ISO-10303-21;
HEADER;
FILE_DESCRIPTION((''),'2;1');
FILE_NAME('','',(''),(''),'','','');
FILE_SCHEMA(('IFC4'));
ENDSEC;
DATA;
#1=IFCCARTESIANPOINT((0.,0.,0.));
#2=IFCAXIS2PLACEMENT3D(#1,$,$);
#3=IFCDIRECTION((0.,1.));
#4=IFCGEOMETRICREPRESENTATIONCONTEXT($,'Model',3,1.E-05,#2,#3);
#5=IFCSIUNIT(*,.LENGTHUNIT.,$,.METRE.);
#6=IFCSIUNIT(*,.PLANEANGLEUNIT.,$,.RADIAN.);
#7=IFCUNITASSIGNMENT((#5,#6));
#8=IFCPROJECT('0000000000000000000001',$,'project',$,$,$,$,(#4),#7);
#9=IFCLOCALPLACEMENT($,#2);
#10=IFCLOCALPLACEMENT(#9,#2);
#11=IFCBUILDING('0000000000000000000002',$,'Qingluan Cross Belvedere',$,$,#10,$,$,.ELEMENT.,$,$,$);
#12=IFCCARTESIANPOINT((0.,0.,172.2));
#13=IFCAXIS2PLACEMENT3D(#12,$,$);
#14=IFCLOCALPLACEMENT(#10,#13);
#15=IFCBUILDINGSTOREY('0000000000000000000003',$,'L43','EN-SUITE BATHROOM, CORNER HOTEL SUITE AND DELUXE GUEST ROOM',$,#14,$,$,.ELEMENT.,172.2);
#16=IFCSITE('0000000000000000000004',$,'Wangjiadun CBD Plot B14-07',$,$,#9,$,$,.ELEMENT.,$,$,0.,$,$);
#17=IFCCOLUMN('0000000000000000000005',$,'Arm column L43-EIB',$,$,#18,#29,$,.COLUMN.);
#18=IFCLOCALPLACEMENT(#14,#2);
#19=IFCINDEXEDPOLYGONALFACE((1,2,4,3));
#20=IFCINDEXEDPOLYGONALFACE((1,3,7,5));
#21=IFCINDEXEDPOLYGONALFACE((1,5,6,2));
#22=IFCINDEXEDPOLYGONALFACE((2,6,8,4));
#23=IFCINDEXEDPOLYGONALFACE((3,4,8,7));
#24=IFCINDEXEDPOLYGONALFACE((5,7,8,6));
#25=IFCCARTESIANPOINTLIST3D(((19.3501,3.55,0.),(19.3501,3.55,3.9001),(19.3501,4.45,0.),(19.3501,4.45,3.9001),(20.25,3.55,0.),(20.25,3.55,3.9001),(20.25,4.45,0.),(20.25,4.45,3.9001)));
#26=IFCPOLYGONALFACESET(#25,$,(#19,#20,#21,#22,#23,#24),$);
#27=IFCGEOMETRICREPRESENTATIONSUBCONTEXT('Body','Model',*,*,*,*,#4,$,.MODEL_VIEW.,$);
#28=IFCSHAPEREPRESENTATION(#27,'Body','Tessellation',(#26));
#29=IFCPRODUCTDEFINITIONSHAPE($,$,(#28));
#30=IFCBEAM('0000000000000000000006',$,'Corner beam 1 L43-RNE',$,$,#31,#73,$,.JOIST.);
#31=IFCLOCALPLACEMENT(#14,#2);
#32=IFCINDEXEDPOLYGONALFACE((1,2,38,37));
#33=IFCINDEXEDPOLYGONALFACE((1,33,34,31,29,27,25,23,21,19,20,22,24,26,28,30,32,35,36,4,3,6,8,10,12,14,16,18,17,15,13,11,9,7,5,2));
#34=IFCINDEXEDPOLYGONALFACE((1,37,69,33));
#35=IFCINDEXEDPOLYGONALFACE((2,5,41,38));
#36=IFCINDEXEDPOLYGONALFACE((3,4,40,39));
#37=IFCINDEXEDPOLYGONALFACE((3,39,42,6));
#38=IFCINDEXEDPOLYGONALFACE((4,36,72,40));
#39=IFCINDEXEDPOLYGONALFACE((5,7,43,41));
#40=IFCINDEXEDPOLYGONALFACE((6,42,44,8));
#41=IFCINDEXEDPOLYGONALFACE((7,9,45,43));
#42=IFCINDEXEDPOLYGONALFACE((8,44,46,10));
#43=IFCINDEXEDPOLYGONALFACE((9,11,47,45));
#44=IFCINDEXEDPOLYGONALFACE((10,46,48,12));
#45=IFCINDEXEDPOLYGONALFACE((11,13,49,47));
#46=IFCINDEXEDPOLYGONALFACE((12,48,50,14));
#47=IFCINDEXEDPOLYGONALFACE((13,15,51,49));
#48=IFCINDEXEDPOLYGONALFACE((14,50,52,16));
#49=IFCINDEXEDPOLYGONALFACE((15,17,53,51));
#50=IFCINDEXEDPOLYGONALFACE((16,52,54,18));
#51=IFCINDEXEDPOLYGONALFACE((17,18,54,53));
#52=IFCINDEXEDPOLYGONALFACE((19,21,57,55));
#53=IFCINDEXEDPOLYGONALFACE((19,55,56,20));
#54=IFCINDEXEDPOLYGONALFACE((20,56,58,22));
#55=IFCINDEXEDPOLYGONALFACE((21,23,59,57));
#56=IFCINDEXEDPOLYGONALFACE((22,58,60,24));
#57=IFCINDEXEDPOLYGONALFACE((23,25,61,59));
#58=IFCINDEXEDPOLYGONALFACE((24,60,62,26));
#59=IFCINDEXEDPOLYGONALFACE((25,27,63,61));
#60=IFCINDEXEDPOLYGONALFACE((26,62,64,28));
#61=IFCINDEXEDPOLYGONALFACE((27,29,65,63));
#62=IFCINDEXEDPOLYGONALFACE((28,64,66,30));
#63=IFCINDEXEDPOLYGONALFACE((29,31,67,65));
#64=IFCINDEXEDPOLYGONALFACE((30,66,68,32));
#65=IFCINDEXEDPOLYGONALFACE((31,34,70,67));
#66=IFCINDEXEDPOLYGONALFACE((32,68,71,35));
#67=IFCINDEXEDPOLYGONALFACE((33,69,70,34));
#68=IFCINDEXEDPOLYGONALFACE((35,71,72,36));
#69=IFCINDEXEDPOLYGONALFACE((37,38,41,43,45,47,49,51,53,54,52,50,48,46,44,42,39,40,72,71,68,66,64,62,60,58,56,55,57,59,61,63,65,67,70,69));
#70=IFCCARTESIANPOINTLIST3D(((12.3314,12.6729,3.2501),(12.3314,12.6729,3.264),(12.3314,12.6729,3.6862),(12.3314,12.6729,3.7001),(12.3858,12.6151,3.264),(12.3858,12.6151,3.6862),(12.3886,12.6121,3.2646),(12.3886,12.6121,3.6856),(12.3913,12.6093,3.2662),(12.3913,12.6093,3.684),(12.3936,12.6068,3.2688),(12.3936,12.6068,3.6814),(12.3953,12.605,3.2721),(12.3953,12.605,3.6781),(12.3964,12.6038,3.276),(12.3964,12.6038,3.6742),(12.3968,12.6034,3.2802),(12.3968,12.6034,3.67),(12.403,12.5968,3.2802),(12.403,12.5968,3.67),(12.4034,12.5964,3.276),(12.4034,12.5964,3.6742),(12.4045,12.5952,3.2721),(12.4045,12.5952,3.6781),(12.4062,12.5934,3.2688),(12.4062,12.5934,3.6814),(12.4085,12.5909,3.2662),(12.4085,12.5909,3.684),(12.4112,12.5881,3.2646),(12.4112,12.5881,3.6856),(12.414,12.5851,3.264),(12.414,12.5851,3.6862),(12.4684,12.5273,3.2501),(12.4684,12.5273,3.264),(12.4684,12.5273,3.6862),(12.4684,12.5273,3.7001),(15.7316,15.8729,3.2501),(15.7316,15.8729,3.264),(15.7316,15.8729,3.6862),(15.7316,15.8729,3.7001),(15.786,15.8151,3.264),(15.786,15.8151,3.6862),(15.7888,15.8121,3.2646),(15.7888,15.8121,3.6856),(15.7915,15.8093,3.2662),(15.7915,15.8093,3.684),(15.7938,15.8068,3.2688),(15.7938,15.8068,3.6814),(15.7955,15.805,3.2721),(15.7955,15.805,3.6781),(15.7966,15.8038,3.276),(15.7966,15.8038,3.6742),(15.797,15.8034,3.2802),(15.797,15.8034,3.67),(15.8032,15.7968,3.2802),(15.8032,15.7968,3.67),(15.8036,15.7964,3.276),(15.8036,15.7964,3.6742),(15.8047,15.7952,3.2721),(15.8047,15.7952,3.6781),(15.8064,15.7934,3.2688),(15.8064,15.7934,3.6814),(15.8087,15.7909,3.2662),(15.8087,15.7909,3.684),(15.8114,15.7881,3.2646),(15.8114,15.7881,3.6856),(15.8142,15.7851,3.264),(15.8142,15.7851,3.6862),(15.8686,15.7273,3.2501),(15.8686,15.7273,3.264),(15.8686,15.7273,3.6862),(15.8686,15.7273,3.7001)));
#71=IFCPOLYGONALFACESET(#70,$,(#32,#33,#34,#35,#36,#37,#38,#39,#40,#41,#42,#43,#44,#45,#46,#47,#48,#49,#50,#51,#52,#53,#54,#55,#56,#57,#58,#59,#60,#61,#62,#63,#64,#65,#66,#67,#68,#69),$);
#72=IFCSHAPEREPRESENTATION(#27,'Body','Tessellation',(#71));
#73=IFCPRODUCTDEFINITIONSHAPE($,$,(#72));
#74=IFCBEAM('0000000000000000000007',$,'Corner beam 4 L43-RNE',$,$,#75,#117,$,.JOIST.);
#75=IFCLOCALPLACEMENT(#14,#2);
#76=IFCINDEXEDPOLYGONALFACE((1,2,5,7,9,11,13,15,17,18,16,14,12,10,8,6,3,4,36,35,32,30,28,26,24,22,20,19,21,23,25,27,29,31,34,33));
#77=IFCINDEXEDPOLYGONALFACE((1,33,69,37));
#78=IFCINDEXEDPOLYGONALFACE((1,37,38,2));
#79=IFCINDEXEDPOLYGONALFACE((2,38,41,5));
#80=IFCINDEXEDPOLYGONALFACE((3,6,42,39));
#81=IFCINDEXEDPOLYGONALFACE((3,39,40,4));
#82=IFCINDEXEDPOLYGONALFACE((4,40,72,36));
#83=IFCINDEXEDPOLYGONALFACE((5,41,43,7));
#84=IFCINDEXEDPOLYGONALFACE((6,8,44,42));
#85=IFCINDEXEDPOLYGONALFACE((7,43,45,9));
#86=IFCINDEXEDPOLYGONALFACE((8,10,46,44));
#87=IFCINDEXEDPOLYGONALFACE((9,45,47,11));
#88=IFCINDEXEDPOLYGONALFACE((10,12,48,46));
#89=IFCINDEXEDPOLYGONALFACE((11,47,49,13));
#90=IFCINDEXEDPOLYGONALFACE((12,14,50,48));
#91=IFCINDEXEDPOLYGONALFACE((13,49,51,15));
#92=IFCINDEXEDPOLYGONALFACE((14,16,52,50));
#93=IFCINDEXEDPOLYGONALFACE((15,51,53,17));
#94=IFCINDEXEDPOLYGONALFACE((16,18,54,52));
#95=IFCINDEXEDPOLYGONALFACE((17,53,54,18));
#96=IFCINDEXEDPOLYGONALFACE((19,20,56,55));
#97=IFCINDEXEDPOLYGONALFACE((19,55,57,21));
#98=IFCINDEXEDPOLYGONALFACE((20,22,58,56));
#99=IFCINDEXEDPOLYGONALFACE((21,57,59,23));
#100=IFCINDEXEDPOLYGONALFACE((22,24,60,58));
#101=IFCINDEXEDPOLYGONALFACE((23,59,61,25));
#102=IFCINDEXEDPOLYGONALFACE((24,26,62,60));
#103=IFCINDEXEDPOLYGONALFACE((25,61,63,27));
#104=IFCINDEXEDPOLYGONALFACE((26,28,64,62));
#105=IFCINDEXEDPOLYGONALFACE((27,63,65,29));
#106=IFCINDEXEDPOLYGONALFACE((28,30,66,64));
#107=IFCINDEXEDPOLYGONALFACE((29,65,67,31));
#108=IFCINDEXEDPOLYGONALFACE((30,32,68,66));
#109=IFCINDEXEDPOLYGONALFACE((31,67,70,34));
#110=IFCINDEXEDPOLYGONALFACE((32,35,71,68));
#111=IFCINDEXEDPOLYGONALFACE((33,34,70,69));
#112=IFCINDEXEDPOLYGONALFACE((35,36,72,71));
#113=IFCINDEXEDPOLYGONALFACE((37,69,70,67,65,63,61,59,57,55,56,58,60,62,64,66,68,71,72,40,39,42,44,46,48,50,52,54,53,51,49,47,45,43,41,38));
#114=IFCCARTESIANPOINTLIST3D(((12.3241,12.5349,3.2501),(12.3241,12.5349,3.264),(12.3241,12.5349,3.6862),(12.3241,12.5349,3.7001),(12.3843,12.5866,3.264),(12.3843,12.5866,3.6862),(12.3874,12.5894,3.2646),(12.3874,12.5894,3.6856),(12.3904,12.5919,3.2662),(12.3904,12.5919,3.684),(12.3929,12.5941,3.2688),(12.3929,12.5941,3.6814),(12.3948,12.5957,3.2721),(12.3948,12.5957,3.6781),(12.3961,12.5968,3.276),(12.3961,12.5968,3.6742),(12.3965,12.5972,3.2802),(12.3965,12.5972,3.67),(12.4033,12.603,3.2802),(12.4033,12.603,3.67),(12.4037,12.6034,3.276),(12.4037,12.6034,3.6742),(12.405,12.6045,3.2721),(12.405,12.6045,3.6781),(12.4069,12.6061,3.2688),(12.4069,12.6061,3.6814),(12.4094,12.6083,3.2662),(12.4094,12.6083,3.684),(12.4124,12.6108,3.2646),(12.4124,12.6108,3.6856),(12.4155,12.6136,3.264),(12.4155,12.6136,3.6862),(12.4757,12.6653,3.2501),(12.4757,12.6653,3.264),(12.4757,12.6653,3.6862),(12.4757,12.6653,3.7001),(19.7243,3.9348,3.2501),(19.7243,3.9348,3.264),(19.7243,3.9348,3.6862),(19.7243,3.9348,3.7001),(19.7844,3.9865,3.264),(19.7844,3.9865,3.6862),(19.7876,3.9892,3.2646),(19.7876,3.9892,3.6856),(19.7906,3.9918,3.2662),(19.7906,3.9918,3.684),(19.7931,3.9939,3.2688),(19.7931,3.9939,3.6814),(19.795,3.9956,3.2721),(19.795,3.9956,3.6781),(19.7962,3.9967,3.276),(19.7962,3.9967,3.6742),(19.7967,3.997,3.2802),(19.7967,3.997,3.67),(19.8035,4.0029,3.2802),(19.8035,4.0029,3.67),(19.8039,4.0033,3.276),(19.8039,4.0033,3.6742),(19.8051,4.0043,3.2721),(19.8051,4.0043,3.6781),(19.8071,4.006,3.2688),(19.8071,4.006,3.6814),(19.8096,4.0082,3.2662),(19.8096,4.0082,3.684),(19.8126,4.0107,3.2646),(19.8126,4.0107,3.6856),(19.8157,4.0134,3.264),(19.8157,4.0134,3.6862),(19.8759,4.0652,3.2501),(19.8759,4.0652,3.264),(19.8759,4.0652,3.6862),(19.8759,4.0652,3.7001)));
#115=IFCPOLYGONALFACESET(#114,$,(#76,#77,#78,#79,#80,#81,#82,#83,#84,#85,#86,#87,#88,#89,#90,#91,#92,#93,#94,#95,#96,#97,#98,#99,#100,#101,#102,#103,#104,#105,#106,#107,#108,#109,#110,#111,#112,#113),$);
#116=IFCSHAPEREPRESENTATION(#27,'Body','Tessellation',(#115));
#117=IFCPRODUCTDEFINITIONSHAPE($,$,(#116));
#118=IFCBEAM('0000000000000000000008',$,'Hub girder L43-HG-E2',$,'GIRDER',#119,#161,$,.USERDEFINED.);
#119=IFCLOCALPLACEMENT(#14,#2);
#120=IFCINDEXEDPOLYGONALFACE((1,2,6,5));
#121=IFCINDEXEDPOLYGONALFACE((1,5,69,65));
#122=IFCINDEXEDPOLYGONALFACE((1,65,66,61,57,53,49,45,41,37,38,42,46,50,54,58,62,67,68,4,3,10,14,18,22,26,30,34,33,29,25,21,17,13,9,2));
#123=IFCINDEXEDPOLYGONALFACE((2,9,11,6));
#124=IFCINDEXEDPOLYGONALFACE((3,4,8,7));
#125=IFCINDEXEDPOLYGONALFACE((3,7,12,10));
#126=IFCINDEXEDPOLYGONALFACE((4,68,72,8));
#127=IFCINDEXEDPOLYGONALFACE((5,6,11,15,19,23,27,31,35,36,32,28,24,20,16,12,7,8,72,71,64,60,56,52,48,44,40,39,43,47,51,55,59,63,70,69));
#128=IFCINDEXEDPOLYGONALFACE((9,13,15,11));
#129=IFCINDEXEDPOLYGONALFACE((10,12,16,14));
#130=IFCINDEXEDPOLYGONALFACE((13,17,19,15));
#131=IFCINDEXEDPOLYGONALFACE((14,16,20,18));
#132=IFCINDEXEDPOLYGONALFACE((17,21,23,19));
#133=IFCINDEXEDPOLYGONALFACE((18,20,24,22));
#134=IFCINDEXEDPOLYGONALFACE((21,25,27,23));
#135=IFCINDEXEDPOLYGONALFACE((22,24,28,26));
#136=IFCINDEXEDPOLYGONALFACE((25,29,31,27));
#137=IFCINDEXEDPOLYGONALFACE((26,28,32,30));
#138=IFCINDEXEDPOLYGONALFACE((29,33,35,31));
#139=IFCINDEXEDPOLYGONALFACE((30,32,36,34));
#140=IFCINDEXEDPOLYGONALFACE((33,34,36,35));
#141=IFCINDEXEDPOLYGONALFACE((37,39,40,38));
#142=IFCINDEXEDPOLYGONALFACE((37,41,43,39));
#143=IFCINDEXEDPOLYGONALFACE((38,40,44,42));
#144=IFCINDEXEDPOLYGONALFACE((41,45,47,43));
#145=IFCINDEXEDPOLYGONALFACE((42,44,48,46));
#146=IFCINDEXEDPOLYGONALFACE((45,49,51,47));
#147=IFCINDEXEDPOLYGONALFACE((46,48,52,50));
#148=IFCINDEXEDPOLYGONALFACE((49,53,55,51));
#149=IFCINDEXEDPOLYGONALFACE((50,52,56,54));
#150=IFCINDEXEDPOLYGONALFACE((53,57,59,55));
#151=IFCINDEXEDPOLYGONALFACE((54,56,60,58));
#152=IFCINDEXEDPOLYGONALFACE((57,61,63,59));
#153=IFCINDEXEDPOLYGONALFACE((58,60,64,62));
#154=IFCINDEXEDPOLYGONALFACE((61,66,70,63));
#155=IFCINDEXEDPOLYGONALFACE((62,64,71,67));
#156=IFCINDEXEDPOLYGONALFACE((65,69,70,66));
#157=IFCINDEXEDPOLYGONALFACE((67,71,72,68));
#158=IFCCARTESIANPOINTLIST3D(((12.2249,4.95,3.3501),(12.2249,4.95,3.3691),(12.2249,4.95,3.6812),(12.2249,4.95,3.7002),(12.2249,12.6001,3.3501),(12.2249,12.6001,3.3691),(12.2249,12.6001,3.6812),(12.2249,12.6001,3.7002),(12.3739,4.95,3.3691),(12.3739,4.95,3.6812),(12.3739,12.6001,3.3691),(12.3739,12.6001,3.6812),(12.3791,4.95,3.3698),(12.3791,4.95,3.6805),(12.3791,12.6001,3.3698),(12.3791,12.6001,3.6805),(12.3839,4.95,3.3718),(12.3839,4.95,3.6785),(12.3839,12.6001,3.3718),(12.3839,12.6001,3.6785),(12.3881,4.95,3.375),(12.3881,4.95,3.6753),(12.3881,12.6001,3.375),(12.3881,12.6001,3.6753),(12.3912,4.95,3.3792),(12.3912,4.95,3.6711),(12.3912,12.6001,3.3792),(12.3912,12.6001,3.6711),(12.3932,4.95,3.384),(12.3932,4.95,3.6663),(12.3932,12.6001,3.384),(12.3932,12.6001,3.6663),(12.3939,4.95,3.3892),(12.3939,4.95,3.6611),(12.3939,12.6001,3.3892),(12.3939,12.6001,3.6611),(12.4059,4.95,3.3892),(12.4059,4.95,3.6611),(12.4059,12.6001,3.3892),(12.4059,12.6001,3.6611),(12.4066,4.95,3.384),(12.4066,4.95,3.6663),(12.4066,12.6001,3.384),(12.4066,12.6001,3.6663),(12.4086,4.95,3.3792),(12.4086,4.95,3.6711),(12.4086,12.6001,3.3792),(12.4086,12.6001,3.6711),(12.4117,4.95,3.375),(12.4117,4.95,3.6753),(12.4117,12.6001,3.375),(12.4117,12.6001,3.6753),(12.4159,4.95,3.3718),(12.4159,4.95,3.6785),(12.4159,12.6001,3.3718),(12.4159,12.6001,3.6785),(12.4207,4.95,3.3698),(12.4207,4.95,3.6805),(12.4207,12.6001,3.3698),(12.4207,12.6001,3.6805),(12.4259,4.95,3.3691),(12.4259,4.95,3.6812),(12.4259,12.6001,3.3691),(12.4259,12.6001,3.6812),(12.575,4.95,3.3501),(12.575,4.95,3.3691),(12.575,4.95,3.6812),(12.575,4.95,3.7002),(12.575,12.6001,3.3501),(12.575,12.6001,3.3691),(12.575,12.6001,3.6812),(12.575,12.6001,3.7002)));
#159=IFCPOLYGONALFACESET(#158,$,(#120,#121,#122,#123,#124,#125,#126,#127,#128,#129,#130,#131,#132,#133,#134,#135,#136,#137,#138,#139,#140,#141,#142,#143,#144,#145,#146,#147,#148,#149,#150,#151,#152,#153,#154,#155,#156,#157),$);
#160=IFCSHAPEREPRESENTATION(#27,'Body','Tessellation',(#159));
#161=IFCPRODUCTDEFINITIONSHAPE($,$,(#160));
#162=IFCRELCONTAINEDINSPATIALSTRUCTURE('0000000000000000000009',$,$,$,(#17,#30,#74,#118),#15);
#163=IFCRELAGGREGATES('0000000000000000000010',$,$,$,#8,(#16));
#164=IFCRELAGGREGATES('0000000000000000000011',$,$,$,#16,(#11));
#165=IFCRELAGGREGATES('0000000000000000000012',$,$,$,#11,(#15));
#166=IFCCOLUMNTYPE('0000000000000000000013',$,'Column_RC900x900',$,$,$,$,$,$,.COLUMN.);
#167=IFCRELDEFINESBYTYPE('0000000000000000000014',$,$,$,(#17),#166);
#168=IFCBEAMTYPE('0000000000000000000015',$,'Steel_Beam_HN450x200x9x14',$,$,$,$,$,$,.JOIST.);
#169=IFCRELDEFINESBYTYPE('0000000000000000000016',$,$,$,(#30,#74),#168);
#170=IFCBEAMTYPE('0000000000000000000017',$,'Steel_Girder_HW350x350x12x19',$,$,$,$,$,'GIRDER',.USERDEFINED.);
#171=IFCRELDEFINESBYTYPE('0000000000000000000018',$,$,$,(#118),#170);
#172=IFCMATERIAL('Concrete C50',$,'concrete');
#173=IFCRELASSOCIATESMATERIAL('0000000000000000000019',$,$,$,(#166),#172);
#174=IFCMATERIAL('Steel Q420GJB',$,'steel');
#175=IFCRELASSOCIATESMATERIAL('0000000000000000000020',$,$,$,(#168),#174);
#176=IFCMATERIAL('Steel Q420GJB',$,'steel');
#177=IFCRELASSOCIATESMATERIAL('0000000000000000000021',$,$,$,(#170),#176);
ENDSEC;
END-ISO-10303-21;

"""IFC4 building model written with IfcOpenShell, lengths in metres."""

from ifc_helpers import new_model, si_unit, direction, frame, origin, origin_2d, place, context, subcontext, project, spatial, rectangle, i_section, extrude, material, material_profile, profile_set, type_object, element, save


model = new_model("IFC4")

# Units and contexts
model_context = context("Model", 3, precision=1e-05, world=origin(), true_north=direction((0.0, 1.0)))
body_context = subcontext(model_context, "Body", "Model", "MODEL_VIEW")
ifc_project = project(units=[si_unit("LENGTHUNIT", "METRE"), si_unit("PLANEANGLEUNIT", "RADIAN")], contexts=[model_context])

# Site, building, storey
site_placement = place(None, origin())
site = spatial("IfcSite", under=ifc_project, at=site_placement, Name="Wangjiadun CBD Plot B14-07", CompositionType="ELEMENT", RefElevation=0.0)
building_placement = place(site_placement, origin())
building = spatial("IfcBuilding", under=site, at=building_placement, Name="Qingluan Cross Belvedere", CompositionType="ELEMENT")
storey_placement = place(building_placement, frame((0.0, 0.0, 172.2)))
storey = spatial("IfcBuildingStorey", under=building, at=storey_placement, Name="L43", Description="EN-SUITE BATHROOM, CORNER HOTEL SUITE AND DELUXE GUEST ROOM", CompositionType="ELEMENT", Elevation=172.2)

# Column
ifc_material_1 = material(Name="Concrete C50", Category="concrete")
ifc_material_profile_1 = material_profile(ifc_material_1, rectangle(XDim=0.8999, YDim=0.8999, at=origin_2d()), Name="RC900x900")
ifc_profile_set_1 = profile_set([ifc_material_profile_1], Name="Concrete C50")
column_type = type_object("IfcColumnType", Name="Column_RC900x900", PredefinedType="COLUMN", material=ifc_profile_set_1)
column_placement = place(storey_placement, frame((19.8, 4.0, 0.0), z_axis=(0.0, 0.0, 1.0), x_axis=(1.0, 0.0, 0.0)))
element("IfcColumn", 1, at=column_placement, inside=storey, type_object=column_type, Name="Arm column L43-EIB", PredefinedType="COLUMN", context=body_context, shape_type="SweptSolid", body=[
    extrude(rectangle(XDim=0.8999, YDim=0.8999, at=origin_2d()), origin(), (0.0, 0.0, 1.0), 3.9001),
])

# Beams
ifc_material_2 = material(Name="Steel Q420GJB", Category="steel")
ifc_material_profile_2 = material_profile(ifc_material_2, i_section(OverallWidth=0.2, OverallDepth=0.45, WebThickness=0.009, FlangeThickness=0.0139, FilletRadius=0.0161, at=origin_2d()), Name="HN450x200x9x14")
ifc_profile_set_2 = profile_set([ifc_material_profile_2], Name="Steel Q420GJB")
beam_type_1 = type_object("IfcBeamType", Name="Steel_Beam_HN450x200x9x14", PredefinedType="JOIST", material=ifc_profile_set_2)
beam_1_placement = place(storey_placement, frame((12.3999, 12.6001, 3.4751), z_axis=(0.72822, 0.685343, 0.0), x_axis=(-0.685343, 0.72822, 0.0)))
element("IfcBeam", 2, at=beam_1_placement, inside=storey, type_object=beam_type_1, Name="Corner beam 1 L43-RNE", PredefinedType="JOIST", context=body_context, shape_type="SweptSolid", body=[
    extrude(i_section(OverallWidth=0.2, OverallDepth=0.45, WebThickness=0.009, FlangeThickness=0.0139, FilletRadius=0.0161, at=origin_2d()), origin(), (0.0, 0.0, 1.0), 4.6692),
])
beam_2_placement = place(storey_placement, frame((12.3999, 12.6001, 3.4751), z_axis=(0.652245, -0.758008, 0.0), x_axis=(0.758008, 0.652245, 0.0)))
element("IfcBeam", 3, at=beam_2_placement, inside=storey, type_object=beam_type_1, Name="Corner beam 4 L43-RNE", PredefinedType="JOIST", context=body_context, shape_type="SweptSolid", body=[
    extrude(i_section(OverallWidth=0.2, OverallDepth=0.45, WebThickness=0.009, FlangeThickness=0.0139, FilletRadius=0.0161, at=origin_2d()), origin(), (0.0, 0.0, 1.0), 11.3457),
])
ifc_material_3 = material(Name="Steel Q420GJB", Category="steel")
ifc_material_profile_3 = material_profile(ifc_material_3, i_section(OverallWidth=0.3501, OverallDepth=0.3501, WebThickness=0.012, FlangeThickness=0.019, FilletRadius=0.02, at=origin_2d()), Name="HW350x350x12x19")
ifc_profile_set_3 = profile_set([ifc_material_profile_3], Name="Steel Q420GJB")
beam_type_2 = type_object("IfcBeamType", Name="Steel_Girder_HW350x350x12x19", ElementType="GIRDER", PredefinedType="USERDEFINED", material=ifc_profile_set_3)
beam_3_placement = place(storey_placement, frame((12.3999, 4.95, 3.5251), z_axis=(0.0, 1.0, 0.0), x_axis=(-1.0, 0.0, 0.0)))
element("IfcBeam", 4, at=beam_3_placement, inside=storey, type_object=beam_type_2, Name="Hub girder L43-HG-E2", ObjectType="GIRDER", PredefinedType="USERDEFINED", context=body_context, shape_type="SweptSolid", body=[
    extrude(i_section(OverallWidth=0.3501, OverallDepth=0.3501, WebThickness=0.012, FlangeThickness=0.019, FilletRadius=0.02, at=origin_2d()), origin(), (0.0, 0.0, 1.0), 7.6501),
])

save(model, "model.ifc")
